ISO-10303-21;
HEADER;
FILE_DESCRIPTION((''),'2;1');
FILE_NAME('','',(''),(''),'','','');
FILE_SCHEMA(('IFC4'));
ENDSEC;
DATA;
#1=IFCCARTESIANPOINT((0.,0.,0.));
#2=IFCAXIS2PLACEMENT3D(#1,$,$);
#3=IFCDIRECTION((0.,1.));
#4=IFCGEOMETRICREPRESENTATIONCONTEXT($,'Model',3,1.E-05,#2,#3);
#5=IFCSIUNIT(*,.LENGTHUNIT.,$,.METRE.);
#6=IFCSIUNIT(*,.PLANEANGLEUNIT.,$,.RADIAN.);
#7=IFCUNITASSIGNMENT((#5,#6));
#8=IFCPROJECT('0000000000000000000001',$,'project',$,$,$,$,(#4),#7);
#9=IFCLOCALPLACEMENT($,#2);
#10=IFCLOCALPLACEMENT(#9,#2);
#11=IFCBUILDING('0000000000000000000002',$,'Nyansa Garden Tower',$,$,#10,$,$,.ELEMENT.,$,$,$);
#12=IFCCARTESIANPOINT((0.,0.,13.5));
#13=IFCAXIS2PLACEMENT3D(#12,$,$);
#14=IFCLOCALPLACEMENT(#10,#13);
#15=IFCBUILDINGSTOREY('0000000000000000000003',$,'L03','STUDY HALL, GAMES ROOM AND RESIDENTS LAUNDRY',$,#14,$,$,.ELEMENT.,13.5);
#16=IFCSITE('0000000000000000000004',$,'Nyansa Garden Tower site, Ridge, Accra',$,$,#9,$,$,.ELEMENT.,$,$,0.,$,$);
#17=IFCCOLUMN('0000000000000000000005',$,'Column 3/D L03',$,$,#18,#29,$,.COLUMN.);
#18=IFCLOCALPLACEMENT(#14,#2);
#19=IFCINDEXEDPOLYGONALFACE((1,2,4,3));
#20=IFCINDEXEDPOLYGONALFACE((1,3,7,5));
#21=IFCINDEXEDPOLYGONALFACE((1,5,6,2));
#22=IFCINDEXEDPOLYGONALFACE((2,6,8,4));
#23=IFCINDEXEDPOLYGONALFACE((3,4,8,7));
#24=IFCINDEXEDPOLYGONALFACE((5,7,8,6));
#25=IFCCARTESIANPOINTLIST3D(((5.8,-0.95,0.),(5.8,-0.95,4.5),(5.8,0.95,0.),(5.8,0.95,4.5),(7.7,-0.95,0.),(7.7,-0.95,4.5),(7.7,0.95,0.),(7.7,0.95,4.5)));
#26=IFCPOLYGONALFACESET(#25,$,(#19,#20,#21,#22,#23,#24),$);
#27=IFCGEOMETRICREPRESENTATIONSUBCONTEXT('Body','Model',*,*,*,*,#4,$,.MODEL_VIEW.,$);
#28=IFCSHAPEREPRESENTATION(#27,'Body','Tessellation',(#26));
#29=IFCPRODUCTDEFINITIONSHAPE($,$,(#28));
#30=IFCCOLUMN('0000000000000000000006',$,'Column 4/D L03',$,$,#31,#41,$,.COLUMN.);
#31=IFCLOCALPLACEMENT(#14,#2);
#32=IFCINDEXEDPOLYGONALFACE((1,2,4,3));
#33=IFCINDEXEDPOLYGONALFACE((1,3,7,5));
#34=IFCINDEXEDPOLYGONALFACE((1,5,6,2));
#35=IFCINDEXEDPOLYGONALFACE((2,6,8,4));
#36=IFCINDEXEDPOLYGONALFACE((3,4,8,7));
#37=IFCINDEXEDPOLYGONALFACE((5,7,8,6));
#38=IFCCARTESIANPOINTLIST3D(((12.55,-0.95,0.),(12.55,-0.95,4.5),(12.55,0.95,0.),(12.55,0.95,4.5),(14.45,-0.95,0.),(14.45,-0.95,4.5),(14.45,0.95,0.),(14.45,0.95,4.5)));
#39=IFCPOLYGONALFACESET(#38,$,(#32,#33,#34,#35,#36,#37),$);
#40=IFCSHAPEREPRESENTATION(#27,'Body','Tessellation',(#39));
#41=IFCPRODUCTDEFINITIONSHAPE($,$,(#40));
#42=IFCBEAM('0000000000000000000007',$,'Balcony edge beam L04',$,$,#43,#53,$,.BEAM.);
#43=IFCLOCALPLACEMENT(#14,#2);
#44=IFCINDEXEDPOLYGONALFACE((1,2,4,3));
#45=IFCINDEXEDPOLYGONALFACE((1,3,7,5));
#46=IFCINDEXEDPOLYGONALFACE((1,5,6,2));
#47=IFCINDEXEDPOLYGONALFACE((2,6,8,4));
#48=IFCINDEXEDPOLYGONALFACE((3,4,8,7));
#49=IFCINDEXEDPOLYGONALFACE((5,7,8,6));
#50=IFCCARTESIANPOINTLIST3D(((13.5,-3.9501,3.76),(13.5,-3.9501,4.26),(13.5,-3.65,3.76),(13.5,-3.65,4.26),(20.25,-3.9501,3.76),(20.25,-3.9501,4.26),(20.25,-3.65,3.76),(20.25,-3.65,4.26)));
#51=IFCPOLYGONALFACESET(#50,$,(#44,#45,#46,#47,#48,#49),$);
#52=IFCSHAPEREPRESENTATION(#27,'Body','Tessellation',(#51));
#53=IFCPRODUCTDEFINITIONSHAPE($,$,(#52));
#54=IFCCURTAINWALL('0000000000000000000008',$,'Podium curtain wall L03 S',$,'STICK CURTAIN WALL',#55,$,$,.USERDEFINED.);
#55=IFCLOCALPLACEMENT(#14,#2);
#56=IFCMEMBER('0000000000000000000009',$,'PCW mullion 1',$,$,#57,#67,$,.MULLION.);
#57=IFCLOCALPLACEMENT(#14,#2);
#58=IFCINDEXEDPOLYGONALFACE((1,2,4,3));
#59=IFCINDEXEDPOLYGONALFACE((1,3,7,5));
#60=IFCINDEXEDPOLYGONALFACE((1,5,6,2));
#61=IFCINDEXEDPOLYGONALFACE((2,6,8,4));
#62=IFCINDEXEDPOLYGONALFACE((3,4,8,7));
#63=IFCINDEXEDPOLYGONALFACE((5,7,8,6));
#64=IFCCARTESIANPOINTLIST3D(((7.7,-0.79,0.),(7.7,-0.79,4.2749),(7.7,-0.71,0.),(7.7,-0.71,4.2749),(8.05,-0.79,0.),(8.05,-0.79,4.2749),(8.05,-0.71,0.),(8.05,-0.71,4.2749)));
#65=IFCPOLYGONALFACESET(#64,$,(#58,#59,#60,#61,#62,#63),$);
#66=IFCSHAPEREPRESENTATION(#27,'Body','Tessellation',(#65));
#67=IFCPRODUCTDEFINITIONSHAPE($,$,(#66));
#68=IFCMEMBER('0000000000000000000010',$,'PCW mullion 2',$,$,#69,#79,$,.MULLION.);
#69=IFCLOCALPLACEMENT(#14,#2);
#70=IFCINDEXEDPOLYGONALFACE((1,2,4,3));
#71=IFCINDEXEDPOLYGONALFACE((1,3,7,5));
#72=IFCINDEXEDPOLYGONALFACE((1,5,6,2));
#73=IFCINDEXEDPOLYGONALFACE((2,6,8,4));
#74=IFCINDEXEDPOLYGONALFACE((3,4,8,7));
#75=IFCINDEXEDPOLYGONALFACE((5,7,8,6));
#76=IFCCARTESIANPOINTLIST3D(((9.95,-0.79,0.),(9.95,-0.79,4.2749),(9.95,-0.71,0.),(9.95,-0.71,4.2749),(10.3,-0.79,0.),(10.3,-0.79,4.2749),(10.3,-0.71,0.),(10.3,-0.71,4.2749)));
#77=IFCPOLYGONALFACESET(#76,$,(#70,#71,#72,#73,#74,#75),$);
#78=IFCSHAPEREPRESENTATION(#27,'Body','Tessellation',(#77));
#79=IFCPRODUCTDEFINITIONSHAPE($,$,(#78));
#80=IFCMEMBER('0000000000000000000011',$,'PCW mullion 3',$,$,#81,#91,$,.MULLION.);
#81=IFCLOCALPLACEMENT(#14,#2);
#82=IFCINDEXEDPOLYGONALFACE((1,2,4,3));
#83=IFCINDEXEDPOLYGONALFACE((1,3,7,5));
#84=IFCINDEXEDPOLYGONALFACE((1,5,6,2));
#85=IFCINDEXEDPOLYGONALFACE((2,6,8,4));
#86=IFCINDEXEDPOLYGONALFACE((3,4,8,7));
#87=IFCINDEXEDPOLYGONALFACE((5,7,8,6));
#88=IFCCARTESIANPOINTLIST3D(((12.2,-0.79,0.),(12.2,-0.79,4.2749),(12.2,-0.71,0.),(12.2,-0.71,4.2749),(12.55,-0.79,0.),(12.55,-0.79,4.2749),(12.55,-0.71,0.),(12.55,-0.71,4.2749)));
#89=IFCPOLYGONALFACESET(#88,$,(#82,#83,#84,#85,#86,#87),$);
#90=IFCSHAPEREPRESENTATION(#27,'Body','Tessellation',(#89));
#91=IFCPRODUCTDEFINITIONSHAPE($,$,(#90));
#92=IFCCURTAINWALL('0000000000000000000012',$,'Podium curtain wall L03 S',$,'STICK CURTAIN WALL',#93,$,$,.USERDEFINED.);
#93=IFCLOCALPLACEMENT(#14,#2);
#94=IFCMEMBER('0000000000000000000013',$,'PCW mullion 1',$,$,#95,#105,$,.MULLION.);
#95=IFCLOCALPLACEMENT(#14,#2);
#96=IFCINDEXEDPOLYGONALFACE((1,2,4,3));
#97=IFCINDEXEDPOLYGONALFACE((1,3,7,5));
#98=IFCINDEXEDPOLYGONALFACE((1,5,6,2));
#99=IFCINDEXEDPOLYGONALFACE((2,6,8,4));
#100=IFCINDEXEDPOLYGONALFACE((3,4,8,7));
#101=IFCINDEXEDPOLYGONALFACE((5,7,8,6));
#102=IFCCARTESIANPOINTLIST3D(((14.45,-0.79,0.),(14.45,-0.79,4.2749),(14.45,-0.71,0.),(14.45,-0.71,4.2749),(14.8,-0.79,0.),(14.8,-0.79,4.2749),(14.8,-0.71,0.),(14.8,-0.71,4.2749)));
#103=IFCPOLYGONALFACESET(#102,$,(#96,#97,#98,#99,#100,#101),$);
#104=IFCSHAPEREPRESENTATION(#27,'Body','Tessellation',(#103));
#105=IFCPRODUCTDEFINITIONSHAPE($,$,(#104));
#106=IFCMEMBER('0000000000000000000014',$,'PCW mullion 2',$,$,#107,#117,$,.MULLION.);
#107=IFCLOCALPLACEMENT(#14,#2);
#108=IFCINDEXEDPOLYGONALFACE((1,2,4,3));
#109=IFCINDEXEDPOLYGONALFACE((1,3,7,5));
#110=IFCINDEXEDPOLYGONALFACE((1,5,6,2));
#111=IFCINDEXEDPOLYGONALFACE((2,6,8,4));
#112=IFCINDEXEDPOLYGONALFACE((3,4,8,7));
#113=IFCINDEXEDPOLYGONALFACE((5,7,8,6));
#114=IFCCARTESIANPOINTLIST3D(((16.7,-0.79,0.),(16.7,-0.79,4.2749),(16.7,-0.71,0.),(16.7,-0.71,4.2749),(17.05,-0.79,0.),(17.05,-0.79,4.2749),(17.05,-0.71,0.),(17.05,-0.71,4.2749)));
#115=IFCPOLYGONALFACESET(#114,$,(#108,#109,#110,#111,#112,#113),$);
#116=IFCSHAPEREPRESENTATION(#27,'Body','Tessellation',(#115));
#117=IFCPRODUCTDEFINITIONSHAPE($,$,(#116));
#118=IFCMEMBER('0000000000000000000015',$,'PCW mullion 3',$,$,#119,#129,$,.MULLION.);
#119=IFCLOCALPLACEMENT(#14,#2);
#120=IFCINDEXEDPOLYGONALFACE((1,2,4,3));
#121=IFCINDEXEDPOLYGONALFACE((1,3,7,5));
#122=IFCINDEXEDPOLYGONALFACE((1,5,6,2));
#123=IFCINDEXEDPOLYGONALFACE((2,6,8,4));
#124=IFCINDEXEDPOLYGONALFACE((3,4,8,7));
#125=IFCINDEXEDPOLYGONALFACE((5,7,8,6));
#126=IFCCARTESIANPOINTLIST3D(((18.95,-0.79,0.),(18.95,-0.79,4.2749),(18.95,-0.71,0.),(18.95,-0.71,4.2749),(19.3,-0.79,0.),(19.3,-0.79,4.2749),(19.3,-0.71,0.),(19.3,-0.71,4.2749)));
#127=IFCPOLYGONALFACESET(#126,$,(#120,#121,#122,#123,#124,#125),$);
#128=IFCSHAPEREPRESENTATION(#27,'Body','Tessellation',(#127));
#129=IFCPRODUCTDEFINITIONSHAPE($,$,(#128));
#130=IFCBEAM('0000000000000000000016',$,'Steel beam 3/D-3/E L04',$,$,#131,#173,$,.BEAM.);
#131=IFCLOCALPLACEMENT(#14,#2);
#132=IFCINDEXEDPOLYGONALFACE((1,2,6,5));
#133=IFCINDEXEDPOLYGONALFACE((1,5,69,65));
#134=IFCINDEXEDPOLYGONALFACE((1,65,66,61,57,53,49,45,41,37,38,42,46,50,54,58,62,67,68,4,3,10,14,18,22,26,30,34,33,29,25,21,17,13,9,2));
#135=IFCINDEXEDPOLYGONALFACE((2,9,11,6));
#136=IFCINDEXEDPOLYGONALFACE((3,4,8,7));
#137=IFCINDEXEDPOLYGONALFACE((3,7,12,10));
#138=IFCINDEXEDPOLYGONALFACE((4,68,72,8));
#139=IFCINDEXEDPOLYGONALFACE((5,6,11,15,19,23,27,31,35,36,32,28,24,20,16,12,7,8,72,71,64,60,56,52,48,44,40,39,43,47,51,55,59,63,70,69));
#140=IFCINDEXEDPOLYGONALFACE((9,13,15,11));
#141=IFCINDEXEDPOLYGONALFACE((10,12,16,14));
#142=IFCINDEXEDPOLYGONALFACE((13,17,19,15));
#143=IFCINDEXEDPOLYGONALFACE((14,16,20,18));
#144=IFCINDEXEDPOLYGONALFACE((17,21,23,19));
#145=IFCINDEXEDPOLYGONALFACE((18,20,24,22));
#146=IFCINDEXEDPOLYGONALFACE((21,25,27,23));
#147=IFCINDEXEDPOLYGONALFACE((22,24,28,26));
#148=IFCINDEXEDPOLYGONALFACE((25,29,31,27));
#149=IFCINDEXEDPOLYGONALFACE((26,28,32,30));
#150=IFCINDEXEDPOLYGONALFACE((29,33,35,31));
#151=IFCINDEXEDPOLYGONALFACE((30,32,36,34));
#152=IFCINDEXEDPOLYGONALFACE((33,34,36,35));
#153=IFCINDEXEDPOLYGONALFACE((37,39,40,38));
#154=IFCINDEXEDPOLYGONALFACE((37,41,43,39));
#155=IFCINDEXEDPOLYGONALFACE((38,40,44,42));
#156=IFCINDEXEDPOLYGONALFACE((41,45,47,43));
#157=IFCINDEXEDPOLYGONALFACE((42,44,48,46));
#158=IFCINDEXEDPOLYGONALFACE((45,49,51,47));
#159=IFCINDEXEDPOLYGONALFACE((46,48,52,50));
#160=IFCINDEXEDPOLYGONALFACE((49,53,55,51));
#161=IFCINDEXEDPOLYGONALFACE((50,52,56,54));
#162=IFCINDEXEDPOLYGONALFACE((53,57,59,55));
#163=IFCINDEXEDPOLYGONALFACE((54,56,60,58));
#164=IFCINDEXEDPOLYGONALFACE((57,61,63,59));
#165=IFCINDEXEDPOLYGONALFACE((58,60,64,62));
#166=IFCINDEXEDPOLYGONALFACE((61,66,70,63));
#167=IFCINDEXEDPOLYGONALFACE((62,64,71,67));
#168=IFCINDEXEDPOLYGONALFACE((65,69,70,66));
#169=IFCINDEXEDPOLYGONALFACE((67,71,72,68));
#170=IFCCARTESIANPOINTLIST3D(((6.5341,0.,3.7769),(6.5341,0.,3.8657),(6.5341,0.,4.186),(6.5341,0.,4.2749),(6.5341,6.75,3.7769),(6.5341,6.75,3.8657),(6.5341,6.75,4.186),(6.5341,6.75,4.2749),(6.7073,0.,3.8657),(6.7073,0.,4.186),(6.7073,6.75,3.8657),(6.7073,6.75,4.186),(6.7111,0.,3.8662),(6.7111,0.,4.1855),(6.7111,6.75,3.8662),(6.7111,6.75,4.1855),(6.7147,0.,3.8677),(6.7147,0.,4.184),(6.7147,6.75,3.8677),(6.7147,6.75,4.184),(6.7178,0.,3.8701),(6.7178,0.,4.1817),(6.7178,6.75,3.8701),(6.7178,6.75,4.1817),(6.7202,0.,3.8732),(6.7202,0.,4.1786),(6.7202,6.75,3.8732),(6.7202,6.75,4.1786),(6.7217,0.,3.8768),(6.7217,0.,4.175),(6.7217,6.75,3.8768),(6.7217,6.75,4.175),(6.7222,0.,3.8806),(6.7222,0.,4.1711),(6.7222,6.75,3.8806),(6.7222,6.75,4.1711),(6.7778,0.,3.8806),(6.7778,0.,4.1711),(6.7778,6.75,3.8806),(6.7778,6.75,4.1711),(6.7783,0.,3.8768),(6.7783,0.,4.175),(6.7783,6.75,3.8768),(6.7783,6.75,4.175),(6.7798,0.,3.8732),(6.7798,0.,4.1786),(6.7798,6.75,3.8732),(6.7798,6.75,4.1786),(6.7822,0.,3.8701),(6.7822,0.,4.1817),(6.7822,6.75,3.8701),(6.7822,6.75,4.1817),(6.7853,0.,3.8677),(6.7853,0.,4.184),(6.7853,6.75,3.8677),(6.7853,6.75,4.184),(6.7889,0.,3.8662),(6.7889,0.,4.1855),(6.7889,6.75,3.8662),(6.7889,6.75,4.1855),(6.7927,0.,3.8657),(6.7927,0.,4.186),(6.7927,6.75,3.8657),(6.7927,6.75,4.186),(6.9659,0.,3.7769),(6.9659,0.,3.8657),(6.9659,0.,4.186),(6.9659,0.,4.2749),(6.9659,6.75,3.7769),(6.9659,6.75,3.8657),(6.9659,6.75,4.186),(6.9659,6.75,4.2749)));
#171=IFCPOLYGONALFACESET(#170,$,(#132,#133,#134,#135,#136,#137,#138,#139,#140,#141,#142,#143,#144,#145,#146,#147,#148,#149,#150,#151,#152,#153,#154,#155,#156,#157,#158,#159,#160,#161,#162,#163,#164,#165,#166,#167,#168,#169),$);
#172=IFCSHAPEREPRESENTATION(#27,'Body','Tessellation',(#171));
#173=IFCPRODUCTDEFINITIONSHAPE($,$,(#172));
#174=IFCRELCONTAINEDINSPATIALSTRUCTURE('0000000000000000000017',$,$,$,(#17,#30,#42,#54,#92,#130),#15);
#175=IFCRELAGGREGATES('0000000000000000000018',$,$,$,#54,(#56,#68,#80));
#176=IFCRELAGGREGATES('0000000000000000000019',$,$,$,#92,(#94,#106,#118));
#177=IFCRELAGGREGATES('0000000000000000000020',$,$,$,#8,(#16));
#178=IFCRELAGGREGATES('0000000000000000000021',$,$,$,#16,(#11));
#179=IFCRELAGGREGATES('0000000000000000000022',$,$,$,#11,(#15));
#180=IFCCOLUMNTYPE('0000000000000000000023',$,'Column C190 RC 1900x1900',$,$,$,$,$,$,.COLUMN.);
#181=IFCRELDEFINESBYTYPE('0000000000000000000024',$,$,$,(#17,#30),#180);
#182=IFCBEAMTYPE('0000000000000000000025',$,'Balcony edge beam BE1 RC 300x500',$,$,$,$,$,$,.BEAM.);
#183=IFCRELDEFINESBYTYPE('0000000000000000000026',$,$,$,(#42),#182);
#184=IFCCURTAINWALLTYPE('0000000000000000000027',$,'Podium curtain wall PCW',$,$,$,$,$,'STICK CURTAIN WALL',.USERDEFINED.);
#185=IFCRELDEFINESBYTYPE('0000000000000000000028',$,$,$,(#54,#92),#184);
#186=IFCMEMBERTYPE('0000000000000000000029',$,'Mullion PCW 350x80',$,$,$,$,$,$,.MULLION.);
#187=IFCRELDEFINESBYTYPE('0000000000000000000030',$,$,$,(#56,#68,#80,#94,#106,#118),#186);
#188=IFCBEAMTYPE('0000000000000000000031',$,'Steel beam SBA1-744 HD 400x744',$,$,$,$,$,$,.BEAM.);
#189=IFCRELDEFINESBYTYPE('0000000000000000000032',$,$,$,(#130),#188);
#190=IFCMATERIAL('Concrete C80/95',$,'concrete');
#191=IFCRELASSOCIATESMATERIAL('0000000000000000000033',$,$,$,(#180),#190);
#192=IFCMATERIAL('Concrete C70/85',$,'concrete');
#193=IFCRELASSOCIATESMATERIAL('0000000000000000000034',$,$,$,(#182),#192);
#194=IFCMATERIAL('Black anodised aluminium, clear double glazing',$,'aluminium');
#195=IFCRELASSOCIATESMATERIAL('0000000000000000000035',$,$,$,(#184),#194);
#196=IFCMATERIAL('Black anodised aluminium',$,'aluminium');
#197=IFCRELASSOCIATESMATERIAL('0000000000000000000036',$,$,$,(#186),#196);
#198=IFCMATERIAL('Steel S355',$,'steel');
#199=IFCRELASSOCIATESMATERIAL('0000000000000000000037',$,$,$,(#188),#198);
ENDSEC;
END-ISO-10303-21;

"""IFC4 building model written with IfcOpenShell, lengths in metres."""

from ifc_helpers import new_model, si_unit, direction, frame, origin, origin_2d, place, context, subcontext, project, spatial, rectangle, i_section, extrude, material, material_profile, profile_set, type_object, element, aggregate, save


model = new_model("IFC4")

# Units and contexts
model_context = context("Model", 3, precision=1e-05, world=origin(), true_north=direction((0.0, 1.0)))
body_context = subcontext(model_context, "Body", "Model", "MODEL_VIEW")
ifc_project = project(units=[si_unit("LENGTHUNIT", "METRE"), si_unit("PLANEANGLEUNIT", "RADIAN")], contexts=[model_context])

# Site, building, storey
site_placement = place(None, origin())
site = spatial("IfcSite", under=ifc_project, at=site_placement, Name="Nyansa Garden Tower site, Ridge, Accra", CompositionType="ELEMENT", RefElevation=0.0)
building_placement = place(site_placement, origin())
building = spatial("IfcBuilding", under=site, at=building_placement, Name="Nyansa Garden Tower", CompositionType="ELEMENT")
storey_placement = place(building_placement, frame((0.0, 0.0, 13.5)))
storey = spatial("IfcBuildingStorey", under=building, at=storey_placement, Name="L03", Description="STUDY HALL, GAMES ROOM AND RESIDENTS LAUNDRY", CompositionType="ELEMENT", Elevation=13.5)

# Columns
ifc_material_1 = material(Name="Concrete C80/95", Category="concrete")
ifc_material_profile_1 = material_profile(ifc_material_1, rectangle(XDim=1.8999, YDim=1.8999, at=origin_2d()), Name="RC 1900x1900")
ifc_profile_set_1 = profile_set([ifc_material_profile_1], Name="Concrete C80/95")
column_type = type_object("IfcColumnType", Name="Column C190 RC 1900x1900", PredefinedType="COLUMN", material=ifc_profile_set_1)
for number, where, z_axis, x_axis, name in (
    (1, (6.75, 0.0, 0.0), (0.0, 0.0, 1.0), (1.0, 0.0, 0.0), "Column 3/D L03"),
    (2, (13.5, 0.0, 0.0), (0.0, 0.0, 1.0), (1.0, 0.0, 0.0), "Column 4/D L03"),
):
    element("IfcColumn", number, at=place(storey_placement, frame(where, z_axis=z_axis, x_axis=x_axis)), inside=storey, type_object=column_type, Name=name, PredefinedType="COLUMN", context=body_context, shape_type="SweptSolid", body=[
        extrude(rectangle(XDim=1.8999, YDim=1.8999, at=origin_2d()), origin(), (0.0, 0.0, 1.0), 4.5),
    ])

# Beam
ifc_material_2 = material(Name="Concrete C70/85", Category="concrete")
ifc_material_profile_2 = material_profile(ifc_material_2, rectangle(XDim=0.3, YDim=0.5, at=origin_2d()), Name="RC 300x500")
ifc_profile_set_2 = profile_set([ifc_material_profile_2], Name="Concrete C70/85")
beam_type_1 = type_object("IfcBeamType", Name="Balcony edge beam BE1 RC 300x500", PredefinedType="BEAM", material=ifc_profile_set_2)
beam_placement = place(storey_placement, frame((13.5, -3.8, 4.01), z_axis=(1.0, 0.0, 0.0), x_axis=(0.0, 1.0, 0.0)))
element("IfcBeam", 3, at=beam_placement, inside=storey, type_object=beam_type_1, Name="Balcony edge beam L04", PredefinedType="BEAM", context=body_context, shape_type="SweptSolid", body=[
    extrude(rectangle(XDim=0.3, YDim=0.5, at=origin_2d()), origin(), (0.0, 0.0, 1.0), 6.75),
])

# Curtain walls, members
ifc_material_3 = material(Name="Black anodised aluminium, clear double glazing", Category="aluminium")
curtain_wall_type = type_object("IfcCurtainWallType", Name="Podium curtain wall PCW", ElementType="STICK CURTAIN WALL", PredefinedType="USERDEFINED", material=ifc_material_3)
curtain_wall_1_placement = place(storey_placement, origin())
curtain_wall_1 = element("IfcCurtainWall", 4, at=curtain_wall_1_placement, inside=storey, type_object=curtain_wall_type, Name="Podium curtain wall L03 S", ObjectType="STICK CURTAIN WALL", PredefinedType="USERDEFINED")
ifc_material_4 = material(Name="Black anodised aluminium", Category="aluminium")
ifc_material_profile_3 = material_profile(ifc_material_4, rectangle(XDim=0.0801, YDim=0.3501, at=origin_2d()), Name="Mullion 350x80")
ifc_profile_set_3 = profile_set([ifc_material_profile_3], Name="Black anodised aluminium")
member_type_1 = type_object("IfcMemberType", Name="Mullion PCW 350x80", PredefinedType="MULLION", material=ifc_profile_set_3)
member_1_placement = place(storey_placement, frame((7.875, -0.75, 0.0), z_axis=(0.0, 0.0, 1.0), x_axis=(0.0, 1.0, 0.0)))
member_1 = element("IfcMember", 5, at=member_1_placement, type_object=member_type_1, Name="PCW mullion 1", PredefinedType="MULLION", context=body_context, shape_type="SweptSolid", body=[
    extrude(rectangle(XDim=0.0801, YDim=0.3501, at=origin_2d()), origin(), (0.0, 0.0, 1.0), 4.2749),
])
member_2_placement = place(storey_placement, frame((10.125, -0.75, 0.0), z_axis=(0.0, 0.0, 1.0), x_axis=(0.0, 1.0, 0.0)))
member_2 = element("IfcMember", 6, at=member_2_placement, type_object=member_type_1, Name="PCW mullion 2", PredefinedType="MULLION", context=body_context, shape_type="SweptSolid", body=[
    extrude(rectangle(XDim=0.0801, YDim=0.3501, at=origin_2d()), origin(), (0.0, 0.0, 1.0), 4.2749),
])
member_3_placement = place(storey_placement, frame((12.375, -0.75, 0.0), z_axis=(0.0, 0.0, 1.0), x_axis=(0.0, 1.0, 0.0)))
member_3 = element("IfcMember", 7, at=member_3_placement, type_object=member_type_1, Name="PCW mullion 3", PredefinedType="MULLION", context=body_context, shape_type="SweptSolid", body=[
    extrude(rectangle(XDim=0.0801, YDim=0.3501, at=origin_2d()), origin(), (0.0, 0.0, 1.0), 4.2749),
])
curtain_wall_2_placement = place(storey_placement, origin())
curtain_wall_2 = element("IfcCurtainWall", 8, at=curtain_wall_2_placement, inside=storey, type_object=curtain_wall_type, Name="Podium curtain wall L03 S", ObjectType="STICK CURTAIN WALL", PredefinedType="USERDEFINED")
member_4_placement = place(storey_placement, frame((14.625, -0.75, 0.0), z_axis=(0.0, 0.0, 1.0), x_axis=(0.0, 1.0, 0.0)))
member_4 = element("IfcMember", 9, at=member_4_placement, type_object=member_type_1, Name="PCW mullion 1", PredefinedType="MULLION", context=body_context, shape_type="SweptSolid", body=[
    extrude(rectangle(XDim=0.0801, YDim=0.3501, at=origin_2d()), origin(), (0.0, 0.0, 1.0), 4.2749),
])
member_5_placement = place(storey_placement, frame((16.875, -0.75, 0.0), z_axis=(0.0, 0.0, 1.0), x_axis=(0.0, 1.0, 0.0)))
member_5 = element("IfcMember", 10, at=member_5_placement, type_object=member_type_1, Name="PCW mullion 2", PredefinedType="MULLION", context=body_context, shape_type="SweptSolid", body=[
    extrude(rectangle(XDim=0.0801, YDim=0.3501, at=origin_2d()), origin(), (0.0, 0.0, 1.0), 4.2749),
])
member_6_placement = place(storey_placement, frame((19.125, -0.75, 0.0), z_axis=(0.0, 0.0, 1.0), x_axis=(0.0, 1.0, 0.0)))
member_6 = element("IfcMember", 11, at=member_6_placement, type_object=member_type_1, Name="PCW mullion 3", PredefinedType="MULLION", context=body_context, shape_type="SweptSolid", body=[
    extrude(rectangle(XDim=0.0801, YDim=0.3501, at=origin_2d()), origin(), (0.0, 0.0, 1.0), 4.2749),
])

# Beam
ifc_material_5 = material(Name="Steel S355", Category="steel")
ifc_material_profile_4 = material_profile(ifc_material_5, i_section(OverallWidth=0.4319, OverallDepth=0.498, WebThickness=0.0557, FlangeThickness=0.0889, FilletRadius=0.0149, at=origin_2d()), Name="HD 400x744")
ifc_profile_set_4 = profile_set([ifc_material_profile_4], Name="Steel S355")
beam_type_2 = type_object("IfcBeamType", Name="Steel beam SBA1-744 HD 400x744", PredefinedType="BEAM", material=ifc_profile_set_4)
for number, where, z_axis, x_axis, name in (
    (12, (6.75, 0.0, 4.0259), (0.0, 1.0, 0.0), (-1.0, 0.0, 0.0), "Steel beam 3/D-3/E L04"),
):
    element("IfcBeam", number, at=place(storey_placement, frame(where, z_axis=z_axis, x_axis=x_axis)), inside=storey, type_object=beam_type_2, Name=name, PredefinedType="BEAM", context=body_context, shape_type="SweptSolid", body=[
        extrude(i_section(OverallWidth=0.4319, OverallDepth=0.498, WebThickness=0.0557, FlangeThickness=0.0889, FilletRadius=0.0149, at=origin_2d()), origin(), (0.0, 0.0, 1.0), 6.75),
    ])

aggregate(curtain_wall_1, [member_1, member_2, member_3])
aggregate(curtain_wall_2, [member_4, member_5, member_6])

save(model, "model.ifc")
